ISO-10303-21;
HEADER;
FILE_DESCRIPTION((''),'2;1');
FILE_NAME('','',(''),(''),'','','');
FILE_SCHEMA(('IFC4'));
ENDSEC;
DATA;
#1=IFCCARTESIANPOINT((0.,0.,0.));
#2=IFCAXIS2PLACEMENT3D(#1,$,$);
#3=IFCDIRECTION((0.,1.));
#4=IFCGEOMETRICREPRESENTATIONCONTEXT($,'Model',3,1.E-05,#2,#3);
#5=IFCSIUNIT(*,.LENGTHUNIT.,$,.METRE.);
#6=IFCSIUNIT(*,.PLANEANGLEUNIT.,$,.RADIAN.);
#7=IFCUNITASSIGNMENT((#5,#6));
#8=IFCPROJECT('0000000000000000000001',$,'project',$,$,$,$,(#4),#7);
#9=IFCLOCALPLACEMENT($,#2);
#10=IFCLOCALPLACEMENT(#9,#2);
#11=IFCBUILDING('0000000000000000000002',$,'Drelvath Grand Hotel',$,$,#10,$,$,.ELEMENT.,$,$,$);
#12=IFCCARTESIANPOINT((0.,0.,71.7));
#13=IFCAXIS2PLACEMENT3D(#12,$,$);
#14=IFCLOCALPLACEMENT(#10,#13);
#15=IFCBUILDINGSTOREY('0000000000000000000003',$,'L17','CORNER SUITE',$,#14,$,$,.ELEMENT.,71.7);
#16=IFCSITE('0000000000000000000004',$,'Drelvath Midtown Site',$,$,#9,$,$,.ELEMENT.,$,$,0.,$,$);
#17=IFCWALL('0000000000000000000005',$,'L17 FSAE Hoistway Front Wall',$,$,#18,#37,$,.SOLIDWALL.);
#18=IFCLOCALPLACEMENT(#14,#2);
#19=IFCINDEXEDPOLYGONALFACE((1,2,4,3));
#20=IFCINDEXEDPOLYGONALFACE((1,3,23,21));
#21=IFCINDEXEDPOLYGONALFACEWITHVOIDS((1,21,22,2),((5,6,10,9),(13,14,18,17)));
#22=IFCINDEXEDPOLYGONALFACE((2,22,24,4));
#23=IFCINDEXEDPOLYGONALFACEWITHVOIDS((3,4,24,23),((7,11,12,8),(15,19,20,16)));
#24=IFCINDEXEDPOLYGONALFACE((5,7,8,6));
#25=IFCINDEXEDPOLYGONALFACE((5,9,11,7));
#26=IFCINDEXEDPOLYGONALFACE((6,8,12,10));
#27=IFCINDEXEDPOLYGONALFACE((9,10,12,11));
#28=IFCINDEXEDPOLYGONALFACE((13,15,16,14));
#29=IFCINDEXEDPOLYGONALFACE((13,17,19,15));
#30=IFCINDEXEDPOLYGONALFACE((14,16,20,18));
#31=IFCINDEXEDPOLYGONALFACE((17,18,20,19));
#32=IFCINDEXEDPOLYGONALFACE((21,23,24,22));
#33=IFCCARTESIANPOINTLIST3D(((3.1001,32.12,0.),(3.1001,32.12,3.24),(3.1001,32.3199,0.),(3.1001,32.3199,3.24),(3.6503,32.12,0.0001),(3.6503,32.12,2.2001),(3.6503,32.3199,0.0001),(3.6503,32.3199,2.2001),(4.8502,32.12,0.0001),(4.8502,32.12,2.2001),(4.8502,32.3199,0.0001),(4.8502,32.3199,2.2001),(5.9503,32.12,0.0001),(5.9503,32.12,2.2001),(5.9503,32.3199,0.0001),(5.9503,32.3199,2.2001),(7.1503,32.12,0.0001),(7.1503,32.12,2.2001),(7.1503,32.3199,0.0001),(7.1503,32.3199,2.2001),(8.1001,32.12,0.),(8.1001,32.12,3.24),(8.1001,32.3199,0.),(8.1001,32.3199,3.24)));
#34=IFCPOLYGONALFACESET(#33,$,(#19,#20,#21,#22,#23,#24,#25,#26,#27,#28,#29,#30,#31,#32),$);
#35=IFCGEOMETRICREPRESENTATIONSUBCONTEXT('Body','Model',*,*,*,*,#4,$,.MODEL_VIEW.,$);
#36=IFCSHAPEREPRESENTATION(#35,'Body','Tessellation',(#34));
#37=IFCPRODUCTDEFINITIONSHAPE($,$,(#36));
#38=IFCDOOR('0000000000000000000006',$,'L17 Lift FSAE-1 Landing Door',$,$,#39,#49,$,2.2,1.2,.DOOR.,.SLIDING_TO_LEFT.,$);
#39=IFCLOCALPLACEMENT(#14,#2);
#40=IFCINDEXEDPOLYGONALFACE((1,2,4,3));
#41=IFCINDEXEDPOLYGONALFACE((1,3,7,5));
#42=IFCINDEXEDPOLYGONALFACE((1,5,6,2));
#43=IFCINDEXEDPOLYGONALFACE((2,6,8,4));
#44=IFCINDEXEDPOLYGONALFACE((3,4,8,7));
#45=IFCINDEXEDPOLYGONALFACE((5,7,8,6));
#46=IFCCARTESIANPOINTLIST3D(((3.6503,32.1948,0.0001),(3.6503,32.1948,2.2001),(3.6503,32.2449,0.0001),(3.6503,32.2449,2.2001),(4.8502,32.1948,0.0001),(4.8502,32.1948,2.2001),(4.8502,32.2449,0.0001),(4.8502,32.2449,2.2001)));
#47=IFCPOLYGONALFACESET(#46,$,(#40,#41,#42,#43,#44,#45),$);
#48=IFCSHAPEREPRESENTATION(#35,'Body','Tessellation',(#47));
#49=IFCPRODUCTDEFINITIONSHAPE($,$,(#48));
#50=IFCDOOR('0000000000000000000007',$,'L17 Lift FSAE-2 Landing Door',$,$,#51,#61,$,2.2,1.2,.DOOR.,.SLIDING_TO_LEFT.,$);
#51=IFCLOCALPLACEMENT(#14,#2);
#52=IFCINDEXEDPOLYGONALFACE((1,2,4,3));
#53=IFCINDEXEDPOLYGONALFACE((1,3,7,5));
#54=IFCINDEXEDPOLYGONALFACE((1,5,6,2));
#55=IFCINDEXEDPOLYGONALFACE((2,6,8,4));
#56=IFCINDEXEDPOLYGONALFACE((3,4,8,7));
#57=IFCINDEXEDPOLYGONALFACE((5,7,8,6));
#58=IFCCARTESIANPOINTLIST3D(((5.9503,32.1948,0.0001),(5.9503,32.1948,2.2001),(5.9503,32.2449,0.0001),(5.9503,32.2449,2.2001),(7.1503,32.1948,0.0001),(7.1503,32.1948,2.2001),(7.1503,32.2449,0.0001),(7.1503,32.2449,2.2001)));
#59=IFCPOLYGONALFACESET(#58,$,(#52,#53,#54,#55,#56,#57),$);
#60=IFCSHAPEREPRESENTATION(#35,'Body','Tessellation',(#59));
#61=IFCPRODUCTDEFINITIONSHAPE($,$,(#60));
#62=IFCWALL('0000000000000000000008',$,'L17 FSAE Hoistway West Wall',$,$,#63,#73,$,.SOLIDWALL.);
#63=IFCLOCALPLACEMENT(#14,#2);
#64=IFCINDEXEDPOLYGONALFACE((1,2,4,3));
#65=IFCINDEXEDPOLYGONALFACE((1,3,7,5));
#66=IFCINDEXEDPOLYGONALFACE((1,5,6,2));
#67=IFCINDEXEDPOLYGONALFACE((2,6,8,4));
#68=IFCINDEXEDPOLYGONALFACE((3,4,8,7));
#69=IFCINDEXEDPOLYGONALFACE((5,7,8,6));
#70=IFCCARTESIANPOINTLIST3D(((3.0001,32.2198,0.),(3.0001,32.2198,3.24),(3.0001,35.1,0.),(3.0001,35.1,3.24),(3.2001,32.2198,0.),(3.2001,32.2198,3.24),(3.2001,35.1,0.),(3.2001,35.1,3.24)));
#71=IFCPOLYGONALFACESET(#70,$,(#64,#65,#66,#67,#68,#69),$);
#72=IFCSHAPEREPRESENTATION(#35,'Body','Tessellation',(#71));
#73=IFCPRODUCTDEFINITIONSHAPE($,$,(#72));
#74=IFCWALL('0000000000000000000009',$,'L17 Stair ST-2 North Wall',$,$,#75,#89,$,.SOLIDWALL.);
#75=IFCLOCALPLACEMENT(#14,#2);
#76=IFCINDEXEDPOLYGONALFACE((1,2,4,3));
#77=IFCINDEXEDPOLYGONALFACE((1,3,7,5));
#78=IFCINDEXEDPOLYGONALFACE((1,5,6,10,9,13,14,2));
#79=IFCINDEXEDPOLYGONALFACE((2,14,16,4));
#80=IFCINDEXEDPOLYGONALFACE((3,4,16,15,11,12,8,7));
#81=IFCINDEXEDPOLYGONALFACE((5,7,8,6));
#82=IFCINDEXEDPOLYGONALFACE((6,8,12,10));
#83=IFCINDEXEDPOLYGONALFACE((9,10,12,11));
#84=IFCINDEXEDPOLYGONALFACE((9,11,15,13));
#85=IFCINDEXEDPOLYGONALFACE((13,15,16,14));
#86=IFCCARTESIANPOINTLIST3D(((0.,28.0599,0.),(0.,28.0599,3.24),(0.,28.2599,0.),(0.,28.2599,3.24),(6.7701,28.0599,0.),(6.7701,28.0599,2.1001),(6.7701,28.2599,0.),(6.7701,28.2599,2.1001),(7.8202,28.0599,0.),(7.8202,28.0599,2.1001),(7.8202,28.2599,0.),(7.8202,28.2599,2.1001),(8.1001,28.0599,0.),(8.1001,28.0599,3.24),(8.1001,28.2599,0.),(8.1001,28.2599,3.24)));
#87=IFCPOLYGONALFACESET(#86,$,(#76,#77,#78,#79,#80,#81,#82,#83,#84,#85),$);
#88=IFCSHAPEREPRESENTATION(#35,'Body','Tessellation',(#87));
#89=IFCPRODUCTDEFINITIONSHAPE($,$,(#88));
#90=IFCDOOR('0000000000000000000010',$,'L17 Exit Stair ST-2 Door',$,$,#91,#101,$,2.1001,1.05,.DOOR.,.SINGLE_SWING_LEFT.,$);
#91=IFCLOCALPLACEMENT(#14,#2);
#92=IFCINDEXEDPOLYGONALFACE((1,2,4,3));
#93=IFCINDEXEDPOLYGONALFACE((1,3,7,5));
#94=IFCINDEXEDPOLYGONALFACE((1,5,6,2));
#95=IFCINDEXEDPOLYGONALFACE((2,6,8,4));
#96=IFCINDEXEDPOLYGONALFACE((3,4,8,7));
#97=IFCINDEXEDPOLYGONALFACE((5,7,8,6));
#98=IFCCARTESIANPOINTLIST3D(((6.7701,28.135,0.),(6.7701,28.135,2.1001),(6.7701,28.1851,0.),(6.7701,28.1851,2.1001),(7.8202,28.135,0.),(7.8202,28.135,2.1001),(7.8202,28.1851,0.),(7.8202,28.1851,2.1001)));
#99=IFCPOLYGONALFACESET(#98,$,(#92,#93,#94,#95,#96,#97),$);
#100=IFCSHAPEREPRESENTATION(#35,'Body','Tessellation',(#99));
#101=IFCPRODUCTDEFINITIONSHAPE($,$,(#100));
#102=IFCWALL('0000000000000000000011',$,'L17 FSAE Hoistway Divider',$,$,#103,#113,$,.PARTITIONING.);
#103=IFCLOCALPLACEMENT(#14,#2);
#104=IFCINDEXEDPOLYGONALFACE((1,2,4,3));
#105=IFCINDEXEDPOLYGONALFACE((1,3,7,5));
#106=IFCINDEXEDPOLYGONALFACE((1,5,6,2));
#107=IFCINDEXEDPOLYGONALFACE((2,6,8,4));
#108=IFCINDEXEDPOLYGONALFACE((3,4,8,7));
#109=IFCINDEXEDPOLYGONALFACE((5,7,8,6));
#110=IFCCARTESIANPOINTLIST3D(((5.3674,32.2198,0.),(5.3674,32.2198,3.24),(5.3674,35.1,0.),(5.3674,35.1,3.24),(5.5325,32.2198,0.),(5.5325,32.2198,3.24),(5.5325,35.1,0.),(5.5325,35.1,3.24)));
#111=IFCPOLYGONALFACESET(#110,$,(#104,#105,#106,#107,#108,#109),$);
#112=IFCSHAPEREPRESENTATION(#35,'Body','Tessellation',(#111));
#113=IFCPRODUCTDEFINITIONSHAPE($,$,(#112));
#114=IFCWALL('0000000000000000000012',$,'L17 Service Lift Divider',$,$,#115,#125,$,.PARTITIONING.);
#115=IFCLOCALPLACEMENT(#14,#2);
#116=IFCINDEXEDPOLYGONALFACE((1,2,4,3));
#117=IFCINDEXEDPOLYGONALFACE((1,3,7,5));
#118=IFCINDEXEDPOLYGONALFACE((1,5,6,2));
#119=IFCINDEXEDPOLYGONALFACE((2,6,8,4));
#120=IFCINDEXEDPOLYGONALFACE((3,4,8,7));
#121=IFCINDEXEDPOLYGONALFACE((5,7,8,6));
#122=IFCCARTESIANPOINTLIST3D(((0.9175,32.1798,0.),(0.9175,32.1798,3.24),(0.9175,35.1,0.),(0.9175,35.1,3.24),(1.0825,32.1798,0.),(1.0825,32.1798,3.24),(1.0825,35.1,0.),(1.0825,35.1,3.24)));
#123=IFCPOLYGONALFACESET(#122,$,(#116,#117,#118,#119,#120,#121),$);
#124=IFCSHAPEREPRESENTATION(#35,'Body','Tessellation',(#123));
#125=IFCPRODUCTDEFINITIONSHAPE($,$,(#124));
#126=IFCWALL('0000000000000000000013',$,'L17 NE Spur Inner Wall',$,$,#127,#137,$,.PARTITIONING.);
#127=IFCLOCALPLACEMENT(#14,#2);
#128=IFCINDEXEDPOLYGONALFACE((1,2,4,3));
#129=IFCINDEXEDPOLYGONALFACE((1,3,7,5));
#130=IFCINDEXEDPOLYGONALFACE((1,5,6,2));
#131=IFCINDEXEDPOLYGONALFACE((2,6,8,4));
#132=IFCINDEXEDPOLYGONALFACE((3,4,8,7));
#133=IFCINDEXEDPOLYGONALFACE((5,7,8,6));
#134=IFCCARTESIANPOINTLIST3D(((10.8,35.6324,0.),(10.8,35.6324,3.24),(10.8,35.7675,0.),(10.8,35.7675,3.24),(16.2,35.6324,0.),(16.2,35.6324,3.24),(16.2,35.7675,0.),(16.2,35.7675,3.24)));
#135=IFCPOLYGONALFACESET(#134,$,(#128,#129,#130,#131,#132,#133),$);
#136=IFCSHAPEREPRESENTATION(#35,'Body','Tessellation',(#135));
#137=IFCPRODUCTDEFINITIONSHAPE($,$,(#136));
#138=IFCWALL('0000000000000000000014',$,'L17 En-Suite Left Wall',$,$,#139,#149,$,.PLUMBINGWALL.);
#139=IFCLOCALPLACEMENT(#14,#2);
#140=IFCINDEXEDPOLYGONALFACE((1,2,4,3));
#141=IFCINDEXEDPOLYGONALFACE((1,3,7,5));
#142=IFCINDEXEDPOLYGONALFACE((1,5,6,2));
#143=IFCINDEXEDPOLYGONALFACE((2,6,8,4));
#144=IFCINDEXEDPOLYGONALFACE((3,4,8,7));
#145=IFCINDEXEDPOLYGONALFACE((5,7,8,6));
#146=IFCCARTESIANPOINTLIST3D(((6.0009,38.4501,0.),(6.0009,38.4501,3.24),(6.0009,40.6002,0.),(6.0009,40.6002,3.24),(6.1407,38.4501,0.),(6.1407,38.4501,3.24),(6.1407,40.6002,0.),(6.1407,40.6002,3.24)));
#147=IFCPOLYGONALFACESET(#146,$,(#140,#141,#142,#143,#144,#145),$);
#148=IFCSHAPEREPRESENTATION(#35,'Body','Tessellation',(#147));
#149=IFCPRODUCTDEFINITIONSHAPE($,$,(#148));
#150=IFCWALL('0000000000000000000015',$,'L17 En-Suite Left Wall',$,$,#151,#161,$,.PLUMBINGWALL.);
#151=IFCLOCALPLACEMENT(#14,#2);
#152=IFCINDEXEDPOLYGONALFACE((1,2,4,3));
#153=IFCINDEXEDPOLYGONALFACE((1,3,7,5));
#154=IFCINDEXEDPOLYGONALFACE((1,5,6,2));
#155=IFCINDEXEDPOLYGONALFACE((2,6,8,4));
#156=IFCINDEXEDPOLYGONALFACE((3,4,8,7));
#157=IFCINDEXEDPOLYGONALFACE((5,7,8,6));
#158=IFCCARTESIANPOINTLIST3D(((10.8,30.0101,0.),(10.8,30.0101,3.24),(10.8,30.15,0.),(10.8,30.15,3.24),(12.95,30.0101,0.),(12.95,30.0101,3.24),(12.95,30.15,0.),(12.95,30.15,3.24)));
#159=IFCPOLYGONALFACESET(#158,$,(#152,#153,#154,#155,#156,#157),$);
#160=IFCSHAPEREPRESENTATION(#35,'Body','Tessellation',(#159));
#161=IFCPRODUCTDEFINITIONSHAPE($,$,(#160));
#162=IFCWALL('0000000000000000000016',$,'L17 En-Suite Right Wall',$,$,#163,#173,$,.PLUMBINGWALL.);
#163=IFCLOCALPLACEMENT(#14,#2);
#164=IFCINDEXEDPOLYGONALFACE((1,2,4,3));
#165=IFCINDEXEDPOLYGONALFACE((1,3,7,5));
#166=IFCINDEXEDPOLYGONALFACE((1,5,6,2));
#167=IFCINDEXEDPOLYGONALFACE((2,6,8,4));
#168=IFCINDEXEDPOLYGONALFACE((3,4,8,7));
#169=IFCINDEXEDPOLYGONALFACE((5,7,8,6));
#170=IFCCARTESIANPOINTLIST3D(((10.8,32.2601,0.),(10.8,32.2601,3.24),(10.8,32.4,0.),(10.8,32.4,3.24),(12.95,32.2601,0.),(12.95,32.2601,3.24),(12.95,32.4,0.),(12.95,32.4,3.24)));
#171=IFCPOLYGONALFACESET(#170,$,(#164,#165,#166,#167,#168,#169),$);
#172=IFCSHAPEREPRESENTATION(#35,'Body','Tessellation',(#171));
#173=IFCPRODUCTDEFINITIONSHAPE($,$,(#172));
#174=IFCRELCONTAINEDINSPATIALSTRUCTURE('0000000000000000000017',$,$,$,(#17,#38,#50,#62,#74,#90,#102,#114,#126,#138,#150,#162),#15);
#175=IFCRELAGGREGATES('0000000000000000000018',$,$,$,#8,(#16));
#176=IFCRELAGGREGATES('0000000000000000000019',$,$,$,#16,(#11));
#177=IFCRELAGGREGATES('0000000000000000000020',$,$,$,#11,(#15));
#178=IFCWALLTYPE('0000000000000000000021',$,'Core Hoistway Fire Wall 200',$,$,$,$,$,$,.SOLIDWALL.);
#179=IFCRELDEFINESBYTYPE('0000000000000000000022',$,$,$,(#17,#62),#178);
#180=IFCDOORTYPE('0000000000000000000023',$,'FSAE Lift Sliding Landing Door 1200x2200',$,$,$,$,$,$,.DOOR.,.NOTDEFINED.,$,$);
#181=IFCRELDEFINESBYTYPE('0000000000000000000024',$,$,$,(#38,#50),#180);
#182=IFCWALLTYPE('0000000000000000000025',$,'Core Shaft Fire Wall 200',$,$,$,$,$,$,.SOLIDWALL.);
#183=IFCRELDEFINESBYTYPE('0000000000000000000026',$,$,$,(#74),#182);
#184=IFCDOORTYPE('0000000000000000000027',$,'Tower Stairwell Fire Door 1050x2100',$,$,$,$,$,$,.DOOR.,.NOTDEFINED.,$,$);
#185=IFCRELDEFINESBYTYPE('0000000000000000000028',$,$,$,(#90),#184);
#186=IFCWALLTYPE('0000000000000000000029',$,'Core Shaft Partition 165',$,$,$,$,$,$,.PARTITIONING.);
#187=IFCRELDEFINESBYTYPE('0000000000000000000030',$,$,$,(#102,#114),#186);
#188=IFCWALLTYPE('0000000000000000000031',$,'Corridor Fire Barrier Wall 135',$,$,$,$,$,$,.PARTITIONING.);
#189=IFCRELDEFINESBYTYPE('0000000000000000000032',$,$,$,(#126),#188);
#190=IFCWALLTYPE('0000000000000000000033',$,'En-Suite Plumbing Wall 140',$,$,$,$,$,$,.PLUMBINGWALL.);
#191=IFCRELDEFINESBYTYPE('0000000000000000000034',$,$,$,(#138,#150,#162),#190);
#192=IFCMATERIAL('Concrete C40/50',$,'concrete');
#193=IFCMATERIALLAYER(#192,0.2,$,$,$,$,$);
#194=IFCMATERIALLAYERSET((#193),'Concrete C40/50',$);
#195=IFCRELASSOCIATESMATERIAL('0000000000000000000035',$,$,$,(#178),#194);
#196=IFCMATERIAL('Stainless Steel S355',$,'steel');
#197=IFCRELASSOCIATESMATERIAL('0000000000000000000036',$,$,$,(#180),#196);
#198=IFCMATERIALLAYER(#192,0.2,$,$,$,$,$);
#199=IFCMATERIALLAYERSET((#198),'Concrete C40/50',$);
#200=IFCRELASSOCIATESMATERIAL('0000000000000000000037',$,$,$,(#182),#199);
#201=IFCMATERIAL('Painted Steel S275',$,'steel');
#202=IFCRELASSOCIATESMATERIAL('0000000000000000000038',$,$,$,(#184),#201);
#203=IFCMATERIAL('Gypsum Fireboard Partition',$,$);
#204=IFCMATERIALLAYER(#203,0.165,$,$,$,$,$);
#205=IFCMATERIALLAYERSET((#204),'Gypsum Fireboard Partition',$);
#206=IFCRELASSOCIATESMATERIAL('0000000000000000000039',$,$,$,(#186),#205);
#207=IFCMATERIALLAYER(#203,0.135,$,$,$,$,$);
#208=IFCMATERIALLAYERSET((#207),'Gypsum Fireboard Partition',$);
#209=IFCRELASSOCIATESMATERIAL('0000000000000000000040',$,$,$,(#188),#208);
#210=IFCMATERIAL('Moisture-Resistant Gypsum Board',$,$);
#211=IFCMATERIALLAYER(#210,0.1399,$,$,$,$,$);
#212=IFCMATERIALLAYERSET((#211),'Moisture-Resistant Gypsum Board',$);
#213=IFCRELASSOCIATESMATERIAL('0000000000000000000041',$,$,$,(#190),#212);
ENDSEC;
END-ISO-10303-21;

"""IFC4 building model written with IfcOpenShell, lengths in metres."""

from ifc_helpers import new_model, si_unit, direction, frame, frame_2d, origin, place, context, subcontext, project, spatial, rectangle, extrude, material, layer, layer_set, type_object, element, fill, save


model = new_model("IFC4")

# Units and contexts
model_context = context("Model", 3, precision=1e-05, world=origin(), true_north=direction((0.0, 1.0)))
body_context = subcontext(model_context, "Body", "Model", "MODEL_VIEW")
ifc_project = project(units=[si_unit("LENGTHUNIT", "METRE"), si_unit("PLANEANGLEUNIT", "RADIAN")], contexts=[model_context])

# Site, building, storey
site_placement = place(None, origin())
site = spatial("IfcSite", under=ifc_project, at=site_placement, Name="Drelvath Midtown Site", CompositionType="ELEMENT", RefElevation=0.0)
building_placement = place(site_placement, origin())
building = spatial("IfcBuilding", under=site, at=building_placement, Name="Drelvath Grand Hotel", CompositionType="ELEMENT")
storey_placement = place(building_placement, frame((0.0, 0.0, 71.7)))
storey = spatial("IfcBuildingStorey", under=building, at=storey_placement, Name="L17", Description="CORNER SUITE", CompositionType="ELEMENT", Elevation=71.7)

# Wall, openings, doors
ifc_material_1 = material(Name="Concrete C40/50", Category="concrete")
ifc_layer_1 = layer(ifc_material_1, 0.2)
ifc_layer_set_1 = layer_set([ifc_layer_1], Name="Concrete C40/50")
wall_type_1 = type_object("IfcWallType", Name="Core Hoistway Fire Wall 200", PredefinedType="SOLIDWALL", material=ifc_layer_set_1)
wall_1_placement = place(storey_placement, frame((3.1001, 32.22, 0.0), z_axis=(0.0, 0.0, 1.0), x_axis=(1.0, 0.0, 0.0)))
wall_1 = element("IfcWall", 1, at=wall_1_placement, inside=storey, type_object=wall_type_1, Name="L17 FSAE Hoistway Front Wall", PredefinedType="SOLIDWALL", context=body_context, shape_type="SweptSolid", body=[
    extrude(rectangle(XDim=5.0, YDim=0.2, at=frame_2d((2.5, 0.0))), origin(), (0.0, 0.0, 1.0), 3.24),
])
opening_1_placement = place(wall_1_placement, frame((0.55, 0.0, 0.0)))
opening_1 = element("IfcOpeningElement", 2, at=opening_1_placement, cuts=wall_1, PredefinedType="OPENING", context=body_context, shape_type="SweptSolid", body=[
    extrude(rectangle(XDim=1.2, YDim=2.2, at=frame_2d((0.6001, 1.1001))), frame((0.0, 0.1099, 0.0), z_axis=(0.0, -1.0, 0.0), x_axis=(1.0, 0.0, 0.0)), (0.0, 0.0, 1.0), 0.22),
])
opening_2_placement = place(wall_1_placement, frame((2.8501, 0.0, 0.0)))
opening_2 = element("IfcOpeningElement", 3, at=opening_2_placement, cuts=wall_1, PredefinedType="OPENING", context=body_context, shape_type="SweptSolid", body=[
    extrude(rectangle(XDim=1.2, YDim=2.2, at=frame_2d((0.6001, 1.1001))), frame((0.0, 0.1099, 0.0), z_axis=(0.0, -1.0, 0.0), x_axis=(1.0, 0.0, 0.0)), (0.0, 0.0, 1.0), 0.22),
])
ifc_material_2 = material(Name="Stainless Steel S355", Category="steel")
door_type_1 = type_object("IfcDoorType", Name="FSAE Lift Sliding Landing Door 1200x2200", OperationType="NOTDEFINED", PredefinedType="DOOR", material=ifc_material_2)
door_1_placement = place(opening_1_placement, origin())
door_1 = element("IfcDoor", 4, at=door_1_placement, inside=storey, type_object=door_type_1, Name="L17 Lift FSAE-1 Landing Door", OperationType="SLIDING_TO_LEFT", OverallHeight=2.2, OverallWidth=1.2, PredefinedType="DOOR", context=body_context, shape_type="SweptSolid", body=[
    extrude(rectangle(XDim=1.2, YDim=2.2, at=frame_2d((0.6001, 1.1001))), frame((0.0, 0.0249, 0.0), z_axis=(0.0, -1.0, 0.0), x_axis=(1.0, 0.0, 0.0)), (0.0, 0.0, 1.0), 0.05),
])
fill(opening_1, door_1)
door_2_placement = place(opening_2_placement, origin())
door_2 = element("IfcDoor", 5, at=door_2_placement, inside=storey, type_object=door_type_1, Name="L17 Lift FSAE-2 Landing Door", OperationType="SLIDING_TO_LEFT", OverallHeight=2.2, OverallWidth=1.2, PredefinedType="DOOR", context=body_context, shape_type="SweptSolid", body=[
    extrude(rectangle(XDim=1.2, YDim=2.2, at=frame_2d((0.6001, 1.1001))), frame((0.0, 0.0249, 0.0), z_axis=(0.0, -1.0, 0.0), x_axis=(1.0, 0.0, 0.0)), (0.0, 0.0, 1.0), 0.05),
])
fill(opening_2, door_2)

# Wall
wall_2_placement = place(storey_placement, frame((3.1001, 32.22, 0.0), z_axis=(0.0, 0.0, 1.0), x_axis=(0.0, 1.0, 0.0)))
element("IfcWall", 6, at=wall_2_placement, inside=storey, type_object=wall_type_1, Name="L17 FSAE Hoistway West Wall", PredefinedType="SOLIDWALL", context=body_context, shape_type="SweptSolid", body=[
    extrude(rectangle(XDim=2.8801, YDim=0.2, at=frame_2d((1.4399, 0.0))), origin(), (0.0, 0.0, 1.0), 3.24),
])

# Wall, opening, door
ifc_layer_2 = layer(ifc_material_1, 0.2)
ifc_layer_set_2 = layer_set([ifc_layer_2], Name="Concrete C40/50")
wall_type_2 = type_object("IfcWallType", Name="Core Shaft Fire Wall 200", PredefinedType="SOLIDWALL", material=ifc_layer_set_2)
wall_3_placement = place(storey_placement, frame((8.1001, 28.1599, 0.0), z_axis=(0.0, 0.0, 1.0), x_axis=(-1.0, 0.0, 0.0)))
wall_3 = element("IfcWall", 7, at=wall_3_placement, inside=storey, type_object=wall_type_2, Name="L17 Stair ST-2 North Wall", PredefinedType="SOLIDWALL", context=body_context, shape_type="SweptSolid", body=[
    extrude(rectangle(XDim=8.1001, YDim=0.2, at=frame_2d((4.05, 0.0))), origin(), (0.0, 0.0, 1.0), 3.24),
])
opening_3_placement = place(wall_3_placement, frame((0.28, 0.0, 0.0)))
opening_3 = element("IfcOpeningElement", 8, at=opening_3_placement, cuts=wall_3, PredefinedType="OPENING", context=body_context, shape_type="SweptSolid", body=[
    extrude(rectangle(XDim=1.05, YDim=2.1001, at=frame_2d((0.5249, 1.05))), frame((0.0, 0.1099, 0.0), z_axis=(0.0, -1.0, 0.0), x_axis=(1.0, 0.0, 0.0)), (0.0, 0.0, 1.0), 0.22),
])
ifc_material_3 = material(Name="Painted Steel S275", Category="steel")
door_type_2 = type_object("IfcDoorType", Name="Tower Stairwell Fire Door 1050x2100", OperationType="NOTDEFINED", PredefinedType="DOOR", material=ifc_material_3)
door_3_placement = place(opening_3_placement, origin())
door_3 = element("IfcDoor", 9, at=door_3_placement, inside=storey, type_object=door_type_2, Name="L17 Exit Stair ST-2 Door", OperationType="SINGLE_SWING_LEFT", OverallHeight=2.1001, OverallWidth=1.05, PredefinedType="DOOR", context=body_context, shape_type="SweptSolid", body=[
    extrude(rectangle(XDim=1.05, YDim=2.1001, at=frame_2d((0.5249, 1.05))), frame((0.0, 0.0249, 0.0), z_axis=(0.0, -1.0, 0.0), x_axis=(1.0, 0.0, 0.0)), (0.0, 0.0, 1.0), 0.05),
])
fill(opening_3, door_3)

# Walls
ifc_material_4 = material(Name="Gypsum Fireboard Partition")
ifc_layer_3 = layer(ifc_material_4, 0.165)
ifc_layer_set_3 = layer_set([ifc_layer_3], Name="Gypsum Fireboard Partition")
wall_type_3 = type_object("IfcWallType", Name="Core Shaft Partition 165", PredefinedType="PARTITIONING", material=ifc_layer_set_3)
wall_4_placement = place(storey_placement, frame((5.45, 32.22, 0.0), z_axis=(0.0, 0.0, 1.0), x_axis=(0.0, 1.0, 0.0)))
element("IfcWall", 10, at=wall_4_placement, inside=storey, type_object=wall_type_3, Name="L17 FSAE Hoistway Divider", PredefinedType="PARTITIONING", context=body_context, shape_type="SweptSolid", body=[
    extrude(rectangle(XDim=2.8801, YDim=0.165, at=frame_2d((1.4399, 0.0))), origin(), (0.0, 0.0, 1.0), 3.24),
])
wall_5_placement = place(storey_placement, frame((1.0, 32.1799, 0.0), z_axis=(0.0, 0.0, 1.0), x_axis=(0.0, 1.0, 0.0)))
element("IfcWall", 11, at=wall_5_placement, inside=storey, type_object=wall_type_3, Name="L17 Service Lift Divider", PredefinedType="PARTITIONING", context=body_context, shape_type="SweptSolid", body=[
    extrude(rectangle(XDim=2.9202, YDim=0.165, at=frame_2d((1.46, 0.0))), origin(), (0.0, 0.0, 1.0), 3.24),
])
ifc_layer_4 = layer(ifc_material_4, 0.135)
ifc_layer_set_4 = layer_set([ifc_layer_4], Name="Gypsum Fireboard Partition")
wall_type_4 = type_object("IfcWallType", Name="Corridor Fire Barrier Wall 135", PredefinedType="PARTITIONING", material=ifc_layer_set_4)
wall_6_placement = place(storey_placement, frame((10.8, 35.7, 0.0), z_axis=(0.0, 0.0, 1.0), x_axis=(1.0, 0.0, 0.0)))
element("IfcWall", 12, at=wall_6_placement, inside=storey, type_object=wall_type_4, Name="L17 NE Spur Inner Wall", PredefinedType="PARTITIONING", context=body_context, shape_type="SweptSolid", body=[
    extrude(rectangle(XDim=5.3999, YDim=0.135, at=frame_2d((2.7, 0.0))), origin(), (0.0, 0.0, 1.0), 3.24),
])
ifc_material_5 = material(Name="Moisture-Resistant Gypsum Board")
ifc_layer_5 = layer(ifc_material_5, 0.1399)
ifc_layer_set_5 = layer_set([ifc_layer_5], Name="Moisture-Resistant Gypsum Board")
wall_type_5 = type_object("IfcWallType", Name="En-Suite Plumbing Wall 140", PredefinedType="PLUMBINGWALL", material=ifc_layer_set_5)
wall_7_placement = place(storey_placement, frame((6.0708, 38.45, 0.0), z_axis=(0.0, 0.0, 1.0), x_axis=(0.0, 1.0, 0.0)))
element("IfcWall", 13, at=wall_7_placement, inside=storey, type_object=wall_type_5, Name="L17 En-Suite Left Wall", PredefinedType="PLUMBINGWALL", context=body_context, shape_type="SweptSolid", body=[
    extrude(rectangle(XDim=2.1501, YDim=0.1399, at=frame_2d((1.0752, 0.0))), origin(), (0.0, 0.0, 1.0), 3.24),
])
for number, where, z_axis, x_axis, name in (
    (14, (10.8, 30.0801, 0.0), (0.0, 0.0, 1.0), (1.0, 0.0, 0.0), "L17 En-Suite Left Wall"),
    (15, (10.8, 32.3301, 0.0), (0.0, 0.0, 1.0), (1.0, 0.0, 0.0), "L17 En-Suite Right Wall"),
):
    element("IfcWall", number, at=place(storey_placement, frame(where, z_axis=z_axis, x_axis=x_axis)), inside=storey, type_object=wall_type_5, Name=name, PredefinedType="PLUMBINGWALL", context=body_context, shape_type="SweptSolid", body=[
        extrude(rectangle(XDim=2.1499, YDim=0.1399, at=frame_2d((1.075, 0.0))), origin(), (0.0, 0.0, 1.0), 3.24),
    ])

save(model, "model.ifc")
